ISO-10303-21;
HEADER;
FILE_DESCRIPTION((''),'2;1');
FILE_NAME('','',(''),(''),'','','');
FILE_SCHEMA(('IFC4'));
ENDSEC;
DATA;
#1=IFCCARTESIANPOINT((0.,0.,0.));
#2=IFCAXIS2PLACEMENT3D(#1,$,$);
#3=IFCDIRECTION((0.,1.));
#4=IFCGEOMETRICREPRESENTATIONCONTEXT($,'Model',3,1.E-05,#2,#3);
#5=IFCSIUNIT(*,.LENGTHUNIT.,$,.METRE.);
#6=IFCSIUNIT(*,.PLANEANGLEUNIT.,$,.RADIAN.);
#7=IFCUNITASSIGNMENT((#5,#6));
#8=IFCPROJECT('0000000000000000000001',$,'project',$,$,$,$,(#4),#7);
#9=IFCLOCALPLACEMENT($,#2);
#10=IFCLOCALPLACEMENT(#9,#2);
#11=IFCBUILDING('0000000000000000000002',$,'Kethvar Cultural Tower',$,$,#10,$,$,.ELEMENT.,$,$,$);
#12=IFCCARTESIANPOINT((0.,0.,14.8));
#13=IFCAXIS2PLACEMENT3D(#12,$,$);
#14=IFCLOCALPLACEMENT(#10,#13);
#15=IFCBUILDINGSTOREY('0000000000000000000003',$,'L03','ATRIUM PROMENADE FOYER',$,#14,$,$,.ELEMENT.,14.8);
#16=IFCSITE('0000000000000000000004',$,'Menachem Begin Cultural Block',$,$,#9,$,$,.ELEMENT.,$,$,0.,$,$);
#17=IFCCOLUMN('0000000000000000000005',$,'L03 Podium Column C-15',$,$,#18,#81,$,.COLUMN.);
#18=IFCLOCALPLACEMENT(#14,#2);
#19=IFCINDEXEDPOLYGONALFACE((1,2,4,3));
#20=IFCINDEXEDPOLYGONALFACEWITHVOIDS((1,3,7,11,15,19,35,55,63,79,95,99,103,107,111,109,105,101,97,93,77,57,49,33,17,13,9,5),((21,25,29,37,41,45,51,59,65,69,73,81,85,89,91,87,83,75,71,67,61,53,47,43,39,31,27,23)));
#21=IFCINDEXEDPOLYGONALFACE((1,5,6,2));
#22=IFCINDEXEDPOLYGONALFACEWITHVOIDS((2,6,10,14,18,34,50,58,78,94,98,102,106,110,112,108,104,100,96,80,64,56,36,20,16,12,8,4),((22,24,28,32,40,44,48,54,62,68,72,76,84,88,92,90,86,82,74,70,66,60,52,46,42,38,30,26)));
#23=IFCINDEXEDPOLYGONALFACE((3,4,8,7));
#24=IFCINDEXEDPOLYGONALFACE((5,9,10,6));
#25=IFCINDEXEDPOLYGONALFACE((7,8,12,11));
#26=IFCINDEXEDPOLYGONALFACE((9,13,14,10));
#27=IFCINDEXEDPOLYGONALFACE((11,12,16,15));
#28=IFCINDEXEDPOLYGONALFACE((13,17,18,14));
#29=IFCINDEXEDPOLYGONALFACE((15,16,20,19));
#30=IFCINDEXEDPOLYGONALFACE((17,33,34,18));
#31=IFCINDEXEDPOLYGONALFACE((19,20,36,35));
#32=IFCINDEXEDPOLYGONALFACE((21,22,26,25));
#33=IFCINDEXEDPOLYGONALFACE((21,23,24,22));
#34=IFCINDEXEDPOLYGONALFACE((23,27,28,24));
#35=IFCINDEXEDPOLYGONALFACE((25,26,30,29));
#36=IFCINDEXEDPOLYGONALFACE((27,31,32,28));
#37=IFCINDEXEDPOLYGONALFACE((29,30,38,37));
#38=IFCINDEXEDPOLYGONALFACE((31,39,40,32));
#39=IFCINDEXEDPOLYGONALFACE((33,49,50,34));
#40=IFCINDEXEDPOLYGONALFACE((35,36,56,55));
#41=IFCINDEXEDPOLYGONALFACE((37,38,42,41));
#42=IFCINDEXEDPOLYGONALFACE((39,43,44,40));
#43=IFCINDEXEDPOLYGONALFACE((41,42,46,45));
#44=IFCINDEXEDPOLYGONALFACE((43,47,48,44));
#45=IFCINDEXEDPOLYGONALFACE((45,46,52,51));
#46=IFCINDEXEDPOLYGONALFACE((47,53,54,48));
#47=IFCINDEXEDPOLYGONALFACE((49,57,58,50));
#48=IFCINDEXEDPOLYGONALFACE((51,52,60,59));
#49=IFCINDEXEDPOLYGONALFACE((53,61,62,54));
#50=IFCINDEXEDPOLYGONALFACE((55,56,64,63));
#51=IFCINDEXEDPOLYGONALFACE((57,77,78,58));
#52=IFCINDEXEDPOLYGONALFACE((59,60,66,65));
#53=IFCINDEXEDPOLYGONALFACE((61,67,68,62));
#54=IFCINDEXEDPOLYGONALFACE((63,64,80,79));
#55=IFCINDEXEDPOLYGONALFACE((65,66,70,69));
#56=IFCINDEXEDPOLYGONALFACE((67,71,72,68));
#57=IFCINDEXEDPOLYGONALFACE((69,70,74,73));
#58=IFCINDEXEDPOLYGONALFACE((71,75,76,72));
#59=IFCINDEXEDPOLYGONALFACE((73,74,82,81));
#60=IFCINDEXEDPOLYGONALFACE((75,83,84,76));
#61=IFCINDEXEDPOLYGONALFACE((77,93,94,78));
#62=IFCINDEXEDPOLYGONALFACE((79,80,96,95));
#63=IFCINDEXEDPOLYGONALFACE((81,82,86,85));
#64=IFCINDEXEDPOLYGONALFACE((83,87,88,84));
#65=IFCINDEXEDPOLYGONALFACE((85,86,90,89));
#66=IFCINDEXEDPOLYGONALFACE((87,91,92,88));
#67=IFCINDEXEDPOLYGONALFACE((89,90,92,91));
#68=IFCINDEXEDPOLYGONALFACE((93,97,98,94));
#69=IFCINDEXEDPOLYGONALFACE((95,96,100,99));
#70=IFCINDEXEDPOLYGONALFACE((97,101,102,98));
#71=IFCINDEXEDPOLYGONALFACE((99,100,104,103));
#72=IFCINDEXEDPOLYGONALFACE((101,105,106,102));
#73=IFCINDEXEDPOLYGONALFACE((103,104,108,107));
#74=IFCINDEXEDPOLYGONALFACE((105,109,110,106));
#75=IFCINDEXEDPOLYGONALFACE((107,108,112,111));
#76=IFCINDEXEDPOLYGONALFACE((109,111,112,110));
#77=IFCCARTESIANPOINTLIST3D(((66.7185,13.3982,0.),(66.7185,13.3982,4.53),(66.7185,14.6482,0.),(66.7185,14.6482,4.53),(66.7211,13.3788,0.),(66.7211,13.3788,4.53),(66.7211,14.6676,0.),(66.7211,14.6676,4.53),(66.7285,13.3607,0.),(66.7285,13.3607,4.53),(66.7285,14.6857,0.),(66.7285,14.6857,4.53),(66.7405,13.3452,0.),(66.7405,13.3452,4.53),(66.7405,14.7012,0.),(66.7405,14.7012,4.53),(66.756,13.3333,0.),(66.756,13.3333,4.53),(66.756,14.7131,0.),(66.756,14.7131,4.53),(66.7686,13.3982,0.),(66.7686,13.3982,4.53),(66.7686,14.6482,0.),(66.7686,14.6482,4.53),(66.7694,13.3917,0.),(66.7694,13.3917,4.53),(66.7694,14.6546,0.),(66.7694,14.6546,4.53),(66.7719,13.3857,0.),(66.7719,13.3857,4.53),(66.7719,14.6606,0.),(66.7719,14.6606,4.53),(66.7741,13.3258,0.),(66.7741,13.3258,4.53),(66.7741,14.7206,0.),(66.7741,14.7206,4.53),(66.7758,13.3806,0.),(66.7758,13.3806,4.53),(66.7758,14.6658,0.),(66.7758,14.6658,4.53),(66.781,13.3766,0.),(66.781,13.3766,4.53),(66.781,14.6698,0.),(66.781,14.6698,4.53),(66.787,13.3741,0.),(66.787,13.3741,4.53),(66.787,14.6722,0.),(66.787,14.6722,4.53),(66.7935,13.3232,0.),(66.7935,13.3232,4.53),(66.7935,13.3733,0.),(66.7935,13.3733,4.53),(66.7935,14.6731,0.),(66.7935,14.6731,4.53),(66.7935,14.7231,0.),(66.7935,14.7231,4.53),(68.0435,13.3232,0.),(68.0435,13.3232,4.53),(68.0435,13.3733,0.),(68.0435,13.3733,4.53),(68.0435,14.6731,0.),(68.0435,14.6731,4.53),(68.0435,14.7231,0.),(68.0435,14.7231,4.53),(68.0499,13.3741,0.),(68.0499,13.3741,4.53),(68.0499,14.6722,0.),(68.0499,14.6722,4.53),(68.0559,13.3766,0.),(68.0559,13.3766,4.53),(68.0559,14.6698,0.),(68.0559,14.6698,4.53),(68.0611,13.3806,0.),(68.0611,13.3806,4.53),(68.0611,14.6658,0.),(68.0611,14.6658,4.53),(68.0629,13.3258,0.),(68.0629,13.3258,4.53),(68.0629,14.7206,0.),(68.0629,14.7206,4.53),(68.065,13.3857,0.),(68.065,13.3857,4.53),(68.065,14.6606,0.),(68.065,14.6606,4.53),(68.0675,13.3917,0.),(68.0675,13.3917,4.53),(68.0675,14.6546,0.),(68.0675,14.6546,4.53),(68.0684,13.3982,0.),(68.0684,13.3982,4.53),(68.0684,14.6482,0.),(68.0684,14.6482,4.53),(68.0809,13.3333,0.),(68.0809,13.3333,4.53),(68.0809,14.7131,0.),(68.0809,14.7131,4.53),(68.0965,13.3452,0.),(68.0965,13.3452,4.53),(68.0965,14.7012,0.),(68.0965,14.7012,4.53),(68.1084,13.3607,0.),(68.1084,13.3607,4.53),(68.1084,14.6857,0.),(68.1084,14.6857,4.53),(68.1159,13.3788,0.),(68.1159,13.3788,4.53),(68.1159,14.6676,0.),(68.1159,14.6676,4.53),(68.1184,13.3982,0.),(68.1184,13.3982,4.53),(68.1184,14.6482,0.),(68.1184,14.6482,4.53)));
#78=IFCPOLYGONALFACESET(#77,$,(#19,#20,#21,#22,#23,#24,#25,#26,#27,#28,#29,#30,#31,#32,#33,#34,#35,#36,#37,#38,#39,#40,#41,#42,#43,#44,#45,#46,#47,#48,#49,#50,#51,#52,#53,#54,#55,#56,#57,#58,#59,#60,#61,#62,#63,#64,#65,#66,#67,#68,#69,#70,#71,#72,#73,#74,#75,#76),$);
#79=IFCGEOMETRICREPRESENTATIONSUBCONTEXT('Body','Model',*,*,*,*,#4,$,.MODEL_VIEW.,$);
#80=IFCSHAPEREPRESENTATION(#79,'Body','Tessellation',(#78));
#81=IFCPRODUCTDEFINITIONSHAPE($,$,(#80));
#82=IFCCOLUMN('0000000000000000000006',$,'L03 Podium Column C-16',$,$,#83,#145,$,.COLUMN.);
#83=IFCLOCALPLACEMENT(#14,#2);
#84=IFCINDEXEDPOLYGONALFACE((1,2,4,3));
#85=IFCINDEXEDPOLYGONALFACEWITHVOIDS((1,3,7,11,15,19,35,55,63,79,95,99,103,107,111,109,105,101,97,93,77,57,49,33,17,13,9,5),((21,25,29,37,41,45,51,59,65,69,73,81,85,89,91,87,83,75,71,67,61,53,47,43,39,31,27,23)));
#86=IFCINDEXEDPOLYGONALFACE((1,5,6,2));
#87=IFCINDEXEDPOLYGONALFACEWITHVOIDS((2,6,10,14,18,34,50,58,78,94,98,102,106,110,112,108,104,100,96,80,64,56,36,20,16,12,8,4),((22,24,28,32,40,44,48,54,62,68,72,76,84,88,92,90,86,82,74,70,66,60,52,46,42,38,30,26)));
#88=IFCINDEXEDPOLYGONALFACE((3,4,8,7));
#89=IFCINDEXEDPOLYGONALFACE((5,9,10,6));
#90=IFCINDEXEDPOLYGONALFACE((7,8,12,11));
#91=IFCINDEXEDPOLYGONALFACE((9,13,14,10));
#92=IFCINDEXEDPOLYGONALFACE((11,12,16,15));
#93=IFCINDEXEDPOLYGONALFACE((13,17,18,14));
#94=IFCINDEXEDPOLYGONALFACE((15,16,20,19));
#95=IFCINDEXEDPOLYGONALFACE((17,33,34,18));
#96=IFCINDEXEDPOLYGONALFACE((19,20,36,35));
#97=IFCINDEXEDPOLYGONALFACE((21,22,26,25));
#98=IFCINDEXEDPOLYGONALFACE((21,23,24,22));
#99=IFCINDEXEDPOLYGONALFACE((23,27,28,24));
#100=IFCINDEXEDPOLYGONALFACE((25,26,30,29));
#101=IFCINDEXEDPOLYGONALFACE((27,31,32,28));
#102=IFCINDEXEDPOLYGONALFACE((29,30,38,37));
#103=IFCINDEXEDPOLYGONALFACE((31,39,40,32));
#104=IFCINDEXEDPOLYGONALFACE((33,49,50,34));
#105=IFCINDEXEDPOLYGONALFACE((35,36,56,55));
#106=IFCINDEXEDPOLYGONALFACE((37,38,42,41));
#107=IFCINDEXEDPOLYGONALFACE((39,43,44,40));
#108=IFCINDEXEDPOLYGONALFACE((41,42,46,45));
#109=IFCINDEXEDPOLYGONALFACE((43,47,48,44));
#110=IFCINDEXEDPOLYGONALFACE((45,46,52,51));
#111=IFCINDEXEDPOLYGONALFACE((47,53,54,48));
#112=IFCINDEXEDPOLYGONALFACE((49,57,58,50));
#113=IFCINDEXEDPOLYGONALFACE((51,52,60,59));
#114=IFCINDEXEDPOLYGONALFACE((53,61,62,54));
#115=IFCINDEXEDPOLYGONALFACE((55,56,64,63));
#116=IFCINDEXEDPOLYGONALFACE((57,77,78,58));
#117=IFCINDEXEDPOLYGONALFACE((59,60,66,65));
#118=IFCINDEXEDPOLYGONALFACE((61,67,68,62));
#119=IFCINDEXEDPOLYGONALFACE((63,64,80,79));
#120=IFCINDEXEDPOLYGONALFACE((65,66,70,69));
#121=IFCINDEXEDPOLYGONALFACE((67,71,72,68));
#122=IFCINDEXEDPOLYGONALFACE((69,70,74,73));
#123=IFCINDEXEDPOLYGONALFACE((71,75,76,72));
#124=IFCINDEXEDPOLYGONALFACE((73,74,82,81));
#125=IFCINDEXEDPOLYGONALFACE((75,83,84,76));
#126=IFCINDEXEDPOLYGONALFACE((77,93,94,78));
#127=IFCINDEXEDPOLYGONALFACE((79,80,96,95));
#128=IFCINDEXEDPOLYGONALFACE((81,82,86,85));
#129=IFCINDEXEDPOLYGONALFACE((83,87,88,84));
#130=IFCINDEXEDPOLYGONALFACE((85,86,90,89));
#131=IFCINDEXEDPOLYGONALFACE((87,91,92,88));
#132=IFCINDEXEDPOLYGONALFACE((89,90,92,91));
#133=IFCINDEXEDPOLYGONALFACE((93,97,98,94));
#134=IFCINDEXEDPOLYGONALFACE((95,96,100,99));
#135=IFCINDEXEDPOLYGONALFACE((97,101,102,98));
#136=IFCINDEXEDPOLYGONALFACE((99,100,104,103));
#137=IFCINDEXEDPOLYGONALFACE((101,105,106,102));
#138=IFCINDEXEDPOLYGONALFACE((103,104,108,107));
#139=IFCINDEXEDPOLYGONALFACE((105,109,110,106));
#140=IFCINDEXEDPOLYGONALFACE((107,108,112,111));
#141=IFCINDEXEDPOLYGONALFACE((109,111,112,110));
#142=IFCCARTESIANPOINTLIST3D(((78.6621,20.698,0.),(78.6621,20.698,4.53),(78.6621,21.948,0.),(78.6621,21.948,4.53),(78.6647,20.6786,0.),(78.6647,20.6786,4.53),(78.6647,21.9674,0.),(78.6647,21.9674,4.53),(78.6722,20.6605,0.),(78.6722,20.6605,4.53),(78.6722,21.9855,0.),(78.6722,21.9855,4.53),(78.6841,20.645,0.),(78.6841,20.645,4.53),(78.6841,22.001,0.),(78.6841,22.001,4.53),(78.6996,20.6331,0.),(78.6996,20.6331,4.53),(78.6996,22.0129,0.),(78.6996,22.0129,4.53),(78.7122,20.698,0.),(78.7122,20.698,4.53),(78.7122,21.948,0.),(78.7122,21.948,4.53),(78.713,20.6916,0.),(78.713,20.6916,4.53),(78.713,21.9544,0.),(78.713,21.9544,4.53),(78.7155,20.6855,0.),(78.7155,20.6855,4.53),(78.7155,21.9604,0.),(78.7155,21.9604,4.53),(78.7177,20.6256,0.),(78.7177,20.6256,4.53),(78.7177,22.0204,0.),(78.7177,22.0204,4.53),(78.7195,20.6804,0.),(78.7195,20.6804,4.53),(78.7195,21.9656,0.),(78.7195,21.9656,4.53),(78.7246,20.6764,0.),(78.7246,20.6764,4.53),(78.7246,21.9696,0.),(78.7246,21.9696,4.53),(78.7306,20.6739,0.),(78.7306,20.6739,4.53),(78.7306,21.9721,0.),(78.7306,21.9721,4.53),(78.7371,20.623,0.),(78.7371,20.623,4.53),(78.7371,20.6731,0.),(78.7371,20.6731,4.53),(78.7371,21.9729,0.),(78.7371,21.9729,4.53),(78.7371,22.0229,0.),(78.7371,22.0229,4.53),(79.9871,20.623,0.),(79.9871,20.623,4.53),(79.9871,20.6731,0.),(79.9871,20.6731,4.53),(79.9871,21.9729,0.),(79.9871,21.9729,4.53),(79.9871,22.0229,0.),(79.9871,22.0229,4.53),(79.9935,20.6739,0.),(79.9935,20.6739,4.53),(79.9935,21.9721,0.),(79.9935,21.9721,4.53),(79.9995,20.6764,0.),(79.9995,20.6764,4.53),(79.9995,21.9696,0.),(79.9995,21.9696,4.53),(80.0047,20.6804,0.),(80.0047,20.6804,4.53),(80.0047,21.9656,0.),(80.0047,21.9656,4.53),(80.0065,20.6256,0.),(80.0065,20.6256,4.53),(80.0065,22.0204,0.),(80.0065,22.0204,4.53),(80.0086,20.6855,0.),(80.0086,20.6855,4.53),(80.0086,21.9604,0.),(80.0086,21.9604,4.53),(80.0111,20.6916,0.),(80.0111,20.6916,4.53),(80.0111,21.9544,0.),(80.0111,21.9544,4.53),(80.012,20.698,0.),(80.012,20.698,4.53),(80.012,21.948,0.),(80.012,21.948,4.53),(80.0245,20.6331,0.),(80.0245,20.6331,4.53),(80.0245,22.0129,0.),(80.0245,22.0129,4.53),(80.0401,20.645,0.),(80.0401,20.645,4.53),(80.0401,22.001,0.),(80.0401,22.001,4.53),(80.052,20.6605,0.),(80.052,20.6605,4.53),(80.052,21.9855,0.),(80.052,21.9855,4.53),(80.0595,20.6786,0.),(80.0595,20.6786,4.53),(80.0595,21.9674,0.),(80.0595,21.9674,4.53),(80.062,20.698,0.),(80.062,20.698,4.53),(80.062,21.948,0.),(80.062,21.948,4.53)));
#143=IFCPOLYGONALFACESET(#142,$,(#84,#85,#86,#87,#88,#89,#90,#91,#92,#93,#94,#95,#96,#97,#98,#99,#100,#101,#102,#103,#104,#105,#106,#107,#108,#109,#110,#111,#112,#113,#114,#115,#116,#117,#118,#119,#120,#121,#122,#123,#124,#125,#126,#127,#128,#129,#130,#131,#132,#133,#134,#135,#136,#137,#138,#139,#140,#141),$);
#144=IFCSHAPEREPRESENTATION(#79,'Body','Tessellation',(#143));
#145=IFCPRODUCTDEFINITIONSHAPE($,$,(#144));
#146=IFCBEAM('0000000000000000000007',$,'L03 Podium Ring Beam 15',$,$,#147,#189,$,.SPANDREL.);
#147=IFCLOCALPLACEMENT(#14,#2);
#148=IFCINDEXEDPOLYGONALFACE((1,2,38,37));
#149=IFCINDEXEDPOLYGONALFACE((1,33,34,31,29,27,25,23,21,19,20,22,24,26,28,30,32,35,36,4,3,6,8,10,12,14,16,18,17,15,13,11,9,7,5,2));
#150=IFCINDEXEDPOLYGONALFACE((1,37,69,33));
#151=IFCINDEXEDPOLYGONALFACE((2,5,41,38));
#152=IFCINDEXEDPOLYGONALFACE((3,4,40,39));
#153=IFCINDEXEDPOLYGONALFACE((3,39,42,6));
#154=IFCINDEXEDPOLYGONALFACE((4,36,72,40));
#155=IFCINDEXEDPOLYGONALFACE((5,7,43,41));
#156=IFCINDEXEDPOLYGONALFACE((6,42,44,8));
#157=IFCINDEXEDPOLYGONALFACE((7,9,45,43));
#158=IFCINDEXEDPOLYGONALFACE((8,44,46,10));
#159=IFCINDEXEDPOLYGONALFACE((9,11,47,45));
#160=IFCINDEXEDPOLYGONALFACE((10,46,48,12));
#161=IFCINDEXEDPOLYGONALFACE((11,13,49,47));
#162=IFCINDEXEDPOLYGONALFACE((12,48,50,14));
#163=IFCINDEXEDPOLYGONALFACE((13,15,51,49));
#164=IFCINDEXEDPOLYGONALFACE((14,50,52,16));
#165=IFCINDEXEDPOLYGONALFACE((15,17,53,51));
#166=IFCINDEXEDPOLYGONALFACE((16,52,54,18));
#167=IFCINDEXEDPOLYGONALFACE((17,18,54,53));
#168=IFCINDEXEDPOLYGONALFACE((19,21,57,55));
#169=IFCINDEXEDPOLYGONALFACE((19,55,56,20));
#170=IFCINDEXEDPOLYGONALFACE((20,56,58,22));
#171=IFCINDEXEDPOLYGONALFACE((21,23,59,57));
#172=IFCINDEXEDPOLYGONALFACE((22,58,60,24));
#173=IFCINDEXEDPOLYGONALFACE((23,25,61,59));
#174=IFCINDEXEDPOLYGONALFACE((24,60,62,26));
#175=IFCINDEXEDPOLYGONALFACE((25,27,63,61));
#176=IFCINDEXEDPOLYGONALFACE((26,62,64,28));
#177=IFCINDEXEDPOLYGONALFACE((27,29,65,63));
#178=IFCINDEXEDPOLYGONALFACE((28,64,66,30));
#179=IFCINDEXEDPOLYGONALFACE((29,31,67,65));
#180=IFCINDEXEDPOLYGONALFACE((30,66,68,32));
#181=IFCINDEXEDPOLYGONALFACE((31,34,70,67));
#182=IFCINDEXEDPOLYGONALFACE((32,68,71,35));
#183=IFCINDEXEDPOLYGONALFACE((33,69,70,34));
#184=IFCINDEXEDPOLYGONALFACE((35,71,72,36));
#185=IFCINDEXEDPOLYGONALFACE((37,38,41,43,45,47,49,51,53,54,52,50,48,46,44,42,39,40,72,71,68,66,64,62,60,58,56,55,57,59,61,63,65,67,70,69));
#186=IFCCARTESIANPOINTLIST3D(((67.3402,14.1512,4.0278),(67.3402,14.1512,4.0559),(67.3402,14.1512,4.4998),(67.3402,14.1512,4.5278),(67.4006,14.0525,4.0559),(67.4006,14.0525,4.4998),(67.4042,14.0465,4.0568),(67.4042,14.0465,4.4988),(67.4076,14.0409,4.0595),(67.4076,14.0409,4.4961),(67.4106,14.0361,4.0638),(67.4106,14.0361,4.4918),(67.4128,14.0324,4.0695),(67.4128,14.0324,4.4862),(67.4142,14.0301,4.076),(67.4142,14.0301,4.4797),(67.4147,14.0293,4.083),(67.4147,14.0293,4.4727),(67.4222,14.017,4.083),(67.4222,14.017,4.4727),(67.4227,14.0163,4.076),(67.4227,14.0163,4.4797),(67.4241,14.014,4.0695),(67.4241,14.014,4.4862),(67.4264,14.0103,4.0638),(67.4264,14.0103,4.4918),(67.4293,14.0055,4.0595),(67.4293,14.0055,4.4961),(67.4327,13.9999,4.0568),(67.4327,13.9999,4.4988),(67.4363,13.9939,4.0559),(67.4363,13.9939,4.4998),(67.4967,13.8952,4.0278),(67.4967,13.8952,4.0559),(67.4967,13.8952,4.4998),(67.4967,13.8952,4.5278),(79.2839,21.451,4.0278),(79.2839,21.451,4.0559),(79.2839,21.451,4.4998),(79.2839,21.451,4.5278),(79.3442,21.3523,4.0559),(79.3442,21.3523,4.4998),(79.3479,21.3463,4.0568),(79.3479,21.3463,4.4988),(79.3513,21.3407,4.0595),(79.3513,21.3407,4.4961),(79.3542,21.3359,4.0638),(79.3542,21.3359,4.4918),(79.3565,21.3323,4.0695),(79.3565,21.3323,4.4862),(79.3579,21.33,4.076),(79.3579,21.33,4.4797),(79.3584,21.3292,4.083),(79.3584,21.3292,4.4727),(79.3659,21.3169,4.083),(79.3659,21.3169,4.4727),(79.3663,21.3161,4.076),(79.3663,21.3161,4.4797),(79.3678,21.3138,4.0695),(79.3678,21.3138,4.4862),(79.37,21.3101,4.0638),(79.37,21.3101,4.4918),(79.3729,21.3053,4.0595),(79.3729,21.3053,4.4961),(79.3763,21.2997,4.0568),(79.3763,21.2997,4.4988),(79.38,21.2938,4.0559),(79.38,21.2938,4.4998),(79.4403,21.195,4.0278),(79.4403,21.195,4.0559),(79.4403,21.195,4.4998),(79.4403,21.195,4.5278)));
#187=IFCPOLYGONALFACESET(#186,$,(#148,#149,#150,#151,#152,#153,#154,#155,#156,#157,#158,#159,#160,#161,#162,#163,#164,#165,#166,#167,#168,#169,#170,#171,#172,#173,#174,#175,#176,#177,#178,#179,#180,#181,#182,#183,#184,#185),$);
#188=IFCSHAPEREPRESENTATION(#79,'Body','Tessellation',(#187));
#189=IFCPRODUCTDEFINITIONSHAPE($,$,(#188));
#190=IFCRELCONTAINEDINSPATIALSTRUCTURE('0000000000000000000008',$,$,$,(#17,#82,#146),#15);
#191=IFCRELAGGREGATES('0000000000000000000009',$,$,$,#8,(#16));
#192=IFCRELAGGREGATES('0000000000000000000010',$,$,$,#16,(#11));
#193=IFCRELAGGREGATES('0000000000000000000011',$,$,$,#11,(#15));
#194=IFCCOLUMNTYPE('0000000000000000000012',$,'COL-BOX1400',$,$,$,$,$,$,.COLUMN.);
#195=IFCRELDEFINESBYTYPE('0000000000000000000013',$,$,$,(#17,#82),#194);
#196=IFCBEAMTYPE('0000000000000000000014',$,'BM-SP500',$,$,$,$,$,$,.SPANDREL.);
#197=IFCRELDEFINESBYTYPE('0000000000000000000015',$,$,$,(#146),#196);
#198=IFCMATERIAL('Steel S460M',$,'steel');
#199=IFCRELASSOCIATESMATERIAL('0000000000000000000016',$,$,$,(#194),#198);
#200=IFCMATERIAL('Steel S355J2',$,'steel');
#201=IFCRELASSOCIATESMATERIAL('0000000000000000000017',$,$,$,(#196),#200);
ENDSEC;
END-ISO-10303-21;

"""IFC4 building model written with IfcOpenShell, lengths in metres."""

from ifc_helpers import new_model, si_unit, direction, frame, origin, origin_2d, place, context, subcontext, project, spatial, hollow_rectangle, i_section, extrude, source, transform, mapped, material, material_profile, profile_set, type_object, element, save


model = new_model("IFC4")

# Units and contexts
model_context = context("Model", 3, precision=1e-05, world=origin(), true_north=direction((0.0, 1.0)))
body_context = subcontext(model_context, "Body", "Model", "MODEL_VIEW")
ifc_project = project(units=[si_unit("LENGTHUNIT", "METRE"), si_unit("PLANEANGLEUNIT", "RADIAN")], contexts=[model_context])

# Site, building, storey
site_placement = place(None, origin())
site = spatial("IfcSite", under=ifc_project, at=site_placement, Name="Menachem Begin Cultural Block", CompositionType="ELEMENT", RefElevation=0.0)
building_placement = place(site_placement, origin())
building = spatial("IfcBuilding", under=site, at=building_placement, Name="Kethvar Cultural Tower", CompositionType="ELEMENT")
storey_placement = place(building_placement, frame((0.0, 0.0, 14.8)))
storey = spatial("IfcBuildingStorey", under=building, at=storey_placement, Name="L03", Description="ATRIUM PROMENADE FOYER", CompositionType="ELEMENT", Elevation=14.8)

# Columns
ifc_material_1 = material(Name="Steel S460M", Category="steel")
ifc_material_profile_1 = material_profile(ifc_material_1, hollow_rectangle(XDim=1.3999, YDim=1.3999, WallThickness=0.05, InnerFilletRadius=0.0249, OuterFilletRadius=0.075, at=origin_2d()), Name="Steel S460M — BOX1400x1400x50")
ifc_profile_set_1 = profile_set([ifc_material_profile_1], Name="Steel S460M — BOX1400x1400x50")
column_type = type_object("IfcColumnType", Name="COL-BOX1400", PredefinedType="COLUMN", material=ifc_profile_set_1)
shared_shape_1 = source(origin(), body_context, "Body", "SweptSolid", [
    extrude(hollow_rectangle(XDim=1.3999, YDim=1.3999, WallThickness=0.05, InnerFilletRadius=0.0249, OuterFilletRadius=0.075, at=origin_2d()), origin(), (0.0, 0.0, 1.0), 4.53),
])
for number, where, z_axis, x_axis, name in (
    (1, (67.4185, 14.0232, 0.0), (0.0, 0.0, 1.0), (1.0, 0.0, 0.0), "L03 Podium Column C-15"),
    (2, (79.3621, 21.323, 0.0), (0.0, 0.0, 1.0), (1.0, 0.0, 0.0), "L03 Podium Column C-16"),
):
    element("IfcColumn", number, at=place(storey_placement, frame(where, z_axis=z_axis, x_axis=x_axis)), inside=storey, type_object=column_type, Name=name, PredefinedType="COLUMN", context=body_context, shape_type="MappedRepresentation", body=[
        mapped(shared_shape_1, transform((0.0, 0.0, 0.0), scale=1.0)),
    ])

# Beam
ifc_material_2 = material(Name="Steel S355J2", Category="steel")
ifc_material_profile_2 = material_profile(ifc_material_2, i_section(OverallWidth=0.3, OverallDepth=0.5, WebThickness=0.0144, FlangeThickness=0.0281, FilletRadius=0.0271, at=origin_2d()), Name="Steel S355J2 — HEB500")
ifc_profile_set_2 = profile_set([ifc_material_profile_2], Name="Steel S355J2 — HEB500")
beam_type = type_object("IfcBeamType", Name="BM-SP500", PredefinedType="SPANDREL", material=ifc_profile_set_2)
shared_shape_2 = source(origin(), body_context, "Body", "SweptSolid", [
    extrude(i_section(OverallWidth=0.3, OverallDepth=0.5, WebThickness=0.0144, FlangeThickness=0.0281, FilletRadius=0.0271, at=origin_2d()), origin(), (0.0, 0.0, 1.0), 13.9978),
])
beam_1_placement = place(storey_placement, frame((67.4185, 14.0232, 4.2778), z_axis=(0.853252, 0.521499, 0.0), x_axis=(-0.521499, 0.853252, 0.0)))
element("IfcBeam", 3, at=beam_1_placement, inside=storey, type_object=beam_type, Name="L03 Podium Ring Beam 15", PredefinedType="SPANDREL", context=body_context, shape_type="MappedRepresentation", body=[
    mapped(shared_shape_2, transform((0.0, 0.0, 0.0), scale=1.0)),
])

save(model, "model.ifc")
